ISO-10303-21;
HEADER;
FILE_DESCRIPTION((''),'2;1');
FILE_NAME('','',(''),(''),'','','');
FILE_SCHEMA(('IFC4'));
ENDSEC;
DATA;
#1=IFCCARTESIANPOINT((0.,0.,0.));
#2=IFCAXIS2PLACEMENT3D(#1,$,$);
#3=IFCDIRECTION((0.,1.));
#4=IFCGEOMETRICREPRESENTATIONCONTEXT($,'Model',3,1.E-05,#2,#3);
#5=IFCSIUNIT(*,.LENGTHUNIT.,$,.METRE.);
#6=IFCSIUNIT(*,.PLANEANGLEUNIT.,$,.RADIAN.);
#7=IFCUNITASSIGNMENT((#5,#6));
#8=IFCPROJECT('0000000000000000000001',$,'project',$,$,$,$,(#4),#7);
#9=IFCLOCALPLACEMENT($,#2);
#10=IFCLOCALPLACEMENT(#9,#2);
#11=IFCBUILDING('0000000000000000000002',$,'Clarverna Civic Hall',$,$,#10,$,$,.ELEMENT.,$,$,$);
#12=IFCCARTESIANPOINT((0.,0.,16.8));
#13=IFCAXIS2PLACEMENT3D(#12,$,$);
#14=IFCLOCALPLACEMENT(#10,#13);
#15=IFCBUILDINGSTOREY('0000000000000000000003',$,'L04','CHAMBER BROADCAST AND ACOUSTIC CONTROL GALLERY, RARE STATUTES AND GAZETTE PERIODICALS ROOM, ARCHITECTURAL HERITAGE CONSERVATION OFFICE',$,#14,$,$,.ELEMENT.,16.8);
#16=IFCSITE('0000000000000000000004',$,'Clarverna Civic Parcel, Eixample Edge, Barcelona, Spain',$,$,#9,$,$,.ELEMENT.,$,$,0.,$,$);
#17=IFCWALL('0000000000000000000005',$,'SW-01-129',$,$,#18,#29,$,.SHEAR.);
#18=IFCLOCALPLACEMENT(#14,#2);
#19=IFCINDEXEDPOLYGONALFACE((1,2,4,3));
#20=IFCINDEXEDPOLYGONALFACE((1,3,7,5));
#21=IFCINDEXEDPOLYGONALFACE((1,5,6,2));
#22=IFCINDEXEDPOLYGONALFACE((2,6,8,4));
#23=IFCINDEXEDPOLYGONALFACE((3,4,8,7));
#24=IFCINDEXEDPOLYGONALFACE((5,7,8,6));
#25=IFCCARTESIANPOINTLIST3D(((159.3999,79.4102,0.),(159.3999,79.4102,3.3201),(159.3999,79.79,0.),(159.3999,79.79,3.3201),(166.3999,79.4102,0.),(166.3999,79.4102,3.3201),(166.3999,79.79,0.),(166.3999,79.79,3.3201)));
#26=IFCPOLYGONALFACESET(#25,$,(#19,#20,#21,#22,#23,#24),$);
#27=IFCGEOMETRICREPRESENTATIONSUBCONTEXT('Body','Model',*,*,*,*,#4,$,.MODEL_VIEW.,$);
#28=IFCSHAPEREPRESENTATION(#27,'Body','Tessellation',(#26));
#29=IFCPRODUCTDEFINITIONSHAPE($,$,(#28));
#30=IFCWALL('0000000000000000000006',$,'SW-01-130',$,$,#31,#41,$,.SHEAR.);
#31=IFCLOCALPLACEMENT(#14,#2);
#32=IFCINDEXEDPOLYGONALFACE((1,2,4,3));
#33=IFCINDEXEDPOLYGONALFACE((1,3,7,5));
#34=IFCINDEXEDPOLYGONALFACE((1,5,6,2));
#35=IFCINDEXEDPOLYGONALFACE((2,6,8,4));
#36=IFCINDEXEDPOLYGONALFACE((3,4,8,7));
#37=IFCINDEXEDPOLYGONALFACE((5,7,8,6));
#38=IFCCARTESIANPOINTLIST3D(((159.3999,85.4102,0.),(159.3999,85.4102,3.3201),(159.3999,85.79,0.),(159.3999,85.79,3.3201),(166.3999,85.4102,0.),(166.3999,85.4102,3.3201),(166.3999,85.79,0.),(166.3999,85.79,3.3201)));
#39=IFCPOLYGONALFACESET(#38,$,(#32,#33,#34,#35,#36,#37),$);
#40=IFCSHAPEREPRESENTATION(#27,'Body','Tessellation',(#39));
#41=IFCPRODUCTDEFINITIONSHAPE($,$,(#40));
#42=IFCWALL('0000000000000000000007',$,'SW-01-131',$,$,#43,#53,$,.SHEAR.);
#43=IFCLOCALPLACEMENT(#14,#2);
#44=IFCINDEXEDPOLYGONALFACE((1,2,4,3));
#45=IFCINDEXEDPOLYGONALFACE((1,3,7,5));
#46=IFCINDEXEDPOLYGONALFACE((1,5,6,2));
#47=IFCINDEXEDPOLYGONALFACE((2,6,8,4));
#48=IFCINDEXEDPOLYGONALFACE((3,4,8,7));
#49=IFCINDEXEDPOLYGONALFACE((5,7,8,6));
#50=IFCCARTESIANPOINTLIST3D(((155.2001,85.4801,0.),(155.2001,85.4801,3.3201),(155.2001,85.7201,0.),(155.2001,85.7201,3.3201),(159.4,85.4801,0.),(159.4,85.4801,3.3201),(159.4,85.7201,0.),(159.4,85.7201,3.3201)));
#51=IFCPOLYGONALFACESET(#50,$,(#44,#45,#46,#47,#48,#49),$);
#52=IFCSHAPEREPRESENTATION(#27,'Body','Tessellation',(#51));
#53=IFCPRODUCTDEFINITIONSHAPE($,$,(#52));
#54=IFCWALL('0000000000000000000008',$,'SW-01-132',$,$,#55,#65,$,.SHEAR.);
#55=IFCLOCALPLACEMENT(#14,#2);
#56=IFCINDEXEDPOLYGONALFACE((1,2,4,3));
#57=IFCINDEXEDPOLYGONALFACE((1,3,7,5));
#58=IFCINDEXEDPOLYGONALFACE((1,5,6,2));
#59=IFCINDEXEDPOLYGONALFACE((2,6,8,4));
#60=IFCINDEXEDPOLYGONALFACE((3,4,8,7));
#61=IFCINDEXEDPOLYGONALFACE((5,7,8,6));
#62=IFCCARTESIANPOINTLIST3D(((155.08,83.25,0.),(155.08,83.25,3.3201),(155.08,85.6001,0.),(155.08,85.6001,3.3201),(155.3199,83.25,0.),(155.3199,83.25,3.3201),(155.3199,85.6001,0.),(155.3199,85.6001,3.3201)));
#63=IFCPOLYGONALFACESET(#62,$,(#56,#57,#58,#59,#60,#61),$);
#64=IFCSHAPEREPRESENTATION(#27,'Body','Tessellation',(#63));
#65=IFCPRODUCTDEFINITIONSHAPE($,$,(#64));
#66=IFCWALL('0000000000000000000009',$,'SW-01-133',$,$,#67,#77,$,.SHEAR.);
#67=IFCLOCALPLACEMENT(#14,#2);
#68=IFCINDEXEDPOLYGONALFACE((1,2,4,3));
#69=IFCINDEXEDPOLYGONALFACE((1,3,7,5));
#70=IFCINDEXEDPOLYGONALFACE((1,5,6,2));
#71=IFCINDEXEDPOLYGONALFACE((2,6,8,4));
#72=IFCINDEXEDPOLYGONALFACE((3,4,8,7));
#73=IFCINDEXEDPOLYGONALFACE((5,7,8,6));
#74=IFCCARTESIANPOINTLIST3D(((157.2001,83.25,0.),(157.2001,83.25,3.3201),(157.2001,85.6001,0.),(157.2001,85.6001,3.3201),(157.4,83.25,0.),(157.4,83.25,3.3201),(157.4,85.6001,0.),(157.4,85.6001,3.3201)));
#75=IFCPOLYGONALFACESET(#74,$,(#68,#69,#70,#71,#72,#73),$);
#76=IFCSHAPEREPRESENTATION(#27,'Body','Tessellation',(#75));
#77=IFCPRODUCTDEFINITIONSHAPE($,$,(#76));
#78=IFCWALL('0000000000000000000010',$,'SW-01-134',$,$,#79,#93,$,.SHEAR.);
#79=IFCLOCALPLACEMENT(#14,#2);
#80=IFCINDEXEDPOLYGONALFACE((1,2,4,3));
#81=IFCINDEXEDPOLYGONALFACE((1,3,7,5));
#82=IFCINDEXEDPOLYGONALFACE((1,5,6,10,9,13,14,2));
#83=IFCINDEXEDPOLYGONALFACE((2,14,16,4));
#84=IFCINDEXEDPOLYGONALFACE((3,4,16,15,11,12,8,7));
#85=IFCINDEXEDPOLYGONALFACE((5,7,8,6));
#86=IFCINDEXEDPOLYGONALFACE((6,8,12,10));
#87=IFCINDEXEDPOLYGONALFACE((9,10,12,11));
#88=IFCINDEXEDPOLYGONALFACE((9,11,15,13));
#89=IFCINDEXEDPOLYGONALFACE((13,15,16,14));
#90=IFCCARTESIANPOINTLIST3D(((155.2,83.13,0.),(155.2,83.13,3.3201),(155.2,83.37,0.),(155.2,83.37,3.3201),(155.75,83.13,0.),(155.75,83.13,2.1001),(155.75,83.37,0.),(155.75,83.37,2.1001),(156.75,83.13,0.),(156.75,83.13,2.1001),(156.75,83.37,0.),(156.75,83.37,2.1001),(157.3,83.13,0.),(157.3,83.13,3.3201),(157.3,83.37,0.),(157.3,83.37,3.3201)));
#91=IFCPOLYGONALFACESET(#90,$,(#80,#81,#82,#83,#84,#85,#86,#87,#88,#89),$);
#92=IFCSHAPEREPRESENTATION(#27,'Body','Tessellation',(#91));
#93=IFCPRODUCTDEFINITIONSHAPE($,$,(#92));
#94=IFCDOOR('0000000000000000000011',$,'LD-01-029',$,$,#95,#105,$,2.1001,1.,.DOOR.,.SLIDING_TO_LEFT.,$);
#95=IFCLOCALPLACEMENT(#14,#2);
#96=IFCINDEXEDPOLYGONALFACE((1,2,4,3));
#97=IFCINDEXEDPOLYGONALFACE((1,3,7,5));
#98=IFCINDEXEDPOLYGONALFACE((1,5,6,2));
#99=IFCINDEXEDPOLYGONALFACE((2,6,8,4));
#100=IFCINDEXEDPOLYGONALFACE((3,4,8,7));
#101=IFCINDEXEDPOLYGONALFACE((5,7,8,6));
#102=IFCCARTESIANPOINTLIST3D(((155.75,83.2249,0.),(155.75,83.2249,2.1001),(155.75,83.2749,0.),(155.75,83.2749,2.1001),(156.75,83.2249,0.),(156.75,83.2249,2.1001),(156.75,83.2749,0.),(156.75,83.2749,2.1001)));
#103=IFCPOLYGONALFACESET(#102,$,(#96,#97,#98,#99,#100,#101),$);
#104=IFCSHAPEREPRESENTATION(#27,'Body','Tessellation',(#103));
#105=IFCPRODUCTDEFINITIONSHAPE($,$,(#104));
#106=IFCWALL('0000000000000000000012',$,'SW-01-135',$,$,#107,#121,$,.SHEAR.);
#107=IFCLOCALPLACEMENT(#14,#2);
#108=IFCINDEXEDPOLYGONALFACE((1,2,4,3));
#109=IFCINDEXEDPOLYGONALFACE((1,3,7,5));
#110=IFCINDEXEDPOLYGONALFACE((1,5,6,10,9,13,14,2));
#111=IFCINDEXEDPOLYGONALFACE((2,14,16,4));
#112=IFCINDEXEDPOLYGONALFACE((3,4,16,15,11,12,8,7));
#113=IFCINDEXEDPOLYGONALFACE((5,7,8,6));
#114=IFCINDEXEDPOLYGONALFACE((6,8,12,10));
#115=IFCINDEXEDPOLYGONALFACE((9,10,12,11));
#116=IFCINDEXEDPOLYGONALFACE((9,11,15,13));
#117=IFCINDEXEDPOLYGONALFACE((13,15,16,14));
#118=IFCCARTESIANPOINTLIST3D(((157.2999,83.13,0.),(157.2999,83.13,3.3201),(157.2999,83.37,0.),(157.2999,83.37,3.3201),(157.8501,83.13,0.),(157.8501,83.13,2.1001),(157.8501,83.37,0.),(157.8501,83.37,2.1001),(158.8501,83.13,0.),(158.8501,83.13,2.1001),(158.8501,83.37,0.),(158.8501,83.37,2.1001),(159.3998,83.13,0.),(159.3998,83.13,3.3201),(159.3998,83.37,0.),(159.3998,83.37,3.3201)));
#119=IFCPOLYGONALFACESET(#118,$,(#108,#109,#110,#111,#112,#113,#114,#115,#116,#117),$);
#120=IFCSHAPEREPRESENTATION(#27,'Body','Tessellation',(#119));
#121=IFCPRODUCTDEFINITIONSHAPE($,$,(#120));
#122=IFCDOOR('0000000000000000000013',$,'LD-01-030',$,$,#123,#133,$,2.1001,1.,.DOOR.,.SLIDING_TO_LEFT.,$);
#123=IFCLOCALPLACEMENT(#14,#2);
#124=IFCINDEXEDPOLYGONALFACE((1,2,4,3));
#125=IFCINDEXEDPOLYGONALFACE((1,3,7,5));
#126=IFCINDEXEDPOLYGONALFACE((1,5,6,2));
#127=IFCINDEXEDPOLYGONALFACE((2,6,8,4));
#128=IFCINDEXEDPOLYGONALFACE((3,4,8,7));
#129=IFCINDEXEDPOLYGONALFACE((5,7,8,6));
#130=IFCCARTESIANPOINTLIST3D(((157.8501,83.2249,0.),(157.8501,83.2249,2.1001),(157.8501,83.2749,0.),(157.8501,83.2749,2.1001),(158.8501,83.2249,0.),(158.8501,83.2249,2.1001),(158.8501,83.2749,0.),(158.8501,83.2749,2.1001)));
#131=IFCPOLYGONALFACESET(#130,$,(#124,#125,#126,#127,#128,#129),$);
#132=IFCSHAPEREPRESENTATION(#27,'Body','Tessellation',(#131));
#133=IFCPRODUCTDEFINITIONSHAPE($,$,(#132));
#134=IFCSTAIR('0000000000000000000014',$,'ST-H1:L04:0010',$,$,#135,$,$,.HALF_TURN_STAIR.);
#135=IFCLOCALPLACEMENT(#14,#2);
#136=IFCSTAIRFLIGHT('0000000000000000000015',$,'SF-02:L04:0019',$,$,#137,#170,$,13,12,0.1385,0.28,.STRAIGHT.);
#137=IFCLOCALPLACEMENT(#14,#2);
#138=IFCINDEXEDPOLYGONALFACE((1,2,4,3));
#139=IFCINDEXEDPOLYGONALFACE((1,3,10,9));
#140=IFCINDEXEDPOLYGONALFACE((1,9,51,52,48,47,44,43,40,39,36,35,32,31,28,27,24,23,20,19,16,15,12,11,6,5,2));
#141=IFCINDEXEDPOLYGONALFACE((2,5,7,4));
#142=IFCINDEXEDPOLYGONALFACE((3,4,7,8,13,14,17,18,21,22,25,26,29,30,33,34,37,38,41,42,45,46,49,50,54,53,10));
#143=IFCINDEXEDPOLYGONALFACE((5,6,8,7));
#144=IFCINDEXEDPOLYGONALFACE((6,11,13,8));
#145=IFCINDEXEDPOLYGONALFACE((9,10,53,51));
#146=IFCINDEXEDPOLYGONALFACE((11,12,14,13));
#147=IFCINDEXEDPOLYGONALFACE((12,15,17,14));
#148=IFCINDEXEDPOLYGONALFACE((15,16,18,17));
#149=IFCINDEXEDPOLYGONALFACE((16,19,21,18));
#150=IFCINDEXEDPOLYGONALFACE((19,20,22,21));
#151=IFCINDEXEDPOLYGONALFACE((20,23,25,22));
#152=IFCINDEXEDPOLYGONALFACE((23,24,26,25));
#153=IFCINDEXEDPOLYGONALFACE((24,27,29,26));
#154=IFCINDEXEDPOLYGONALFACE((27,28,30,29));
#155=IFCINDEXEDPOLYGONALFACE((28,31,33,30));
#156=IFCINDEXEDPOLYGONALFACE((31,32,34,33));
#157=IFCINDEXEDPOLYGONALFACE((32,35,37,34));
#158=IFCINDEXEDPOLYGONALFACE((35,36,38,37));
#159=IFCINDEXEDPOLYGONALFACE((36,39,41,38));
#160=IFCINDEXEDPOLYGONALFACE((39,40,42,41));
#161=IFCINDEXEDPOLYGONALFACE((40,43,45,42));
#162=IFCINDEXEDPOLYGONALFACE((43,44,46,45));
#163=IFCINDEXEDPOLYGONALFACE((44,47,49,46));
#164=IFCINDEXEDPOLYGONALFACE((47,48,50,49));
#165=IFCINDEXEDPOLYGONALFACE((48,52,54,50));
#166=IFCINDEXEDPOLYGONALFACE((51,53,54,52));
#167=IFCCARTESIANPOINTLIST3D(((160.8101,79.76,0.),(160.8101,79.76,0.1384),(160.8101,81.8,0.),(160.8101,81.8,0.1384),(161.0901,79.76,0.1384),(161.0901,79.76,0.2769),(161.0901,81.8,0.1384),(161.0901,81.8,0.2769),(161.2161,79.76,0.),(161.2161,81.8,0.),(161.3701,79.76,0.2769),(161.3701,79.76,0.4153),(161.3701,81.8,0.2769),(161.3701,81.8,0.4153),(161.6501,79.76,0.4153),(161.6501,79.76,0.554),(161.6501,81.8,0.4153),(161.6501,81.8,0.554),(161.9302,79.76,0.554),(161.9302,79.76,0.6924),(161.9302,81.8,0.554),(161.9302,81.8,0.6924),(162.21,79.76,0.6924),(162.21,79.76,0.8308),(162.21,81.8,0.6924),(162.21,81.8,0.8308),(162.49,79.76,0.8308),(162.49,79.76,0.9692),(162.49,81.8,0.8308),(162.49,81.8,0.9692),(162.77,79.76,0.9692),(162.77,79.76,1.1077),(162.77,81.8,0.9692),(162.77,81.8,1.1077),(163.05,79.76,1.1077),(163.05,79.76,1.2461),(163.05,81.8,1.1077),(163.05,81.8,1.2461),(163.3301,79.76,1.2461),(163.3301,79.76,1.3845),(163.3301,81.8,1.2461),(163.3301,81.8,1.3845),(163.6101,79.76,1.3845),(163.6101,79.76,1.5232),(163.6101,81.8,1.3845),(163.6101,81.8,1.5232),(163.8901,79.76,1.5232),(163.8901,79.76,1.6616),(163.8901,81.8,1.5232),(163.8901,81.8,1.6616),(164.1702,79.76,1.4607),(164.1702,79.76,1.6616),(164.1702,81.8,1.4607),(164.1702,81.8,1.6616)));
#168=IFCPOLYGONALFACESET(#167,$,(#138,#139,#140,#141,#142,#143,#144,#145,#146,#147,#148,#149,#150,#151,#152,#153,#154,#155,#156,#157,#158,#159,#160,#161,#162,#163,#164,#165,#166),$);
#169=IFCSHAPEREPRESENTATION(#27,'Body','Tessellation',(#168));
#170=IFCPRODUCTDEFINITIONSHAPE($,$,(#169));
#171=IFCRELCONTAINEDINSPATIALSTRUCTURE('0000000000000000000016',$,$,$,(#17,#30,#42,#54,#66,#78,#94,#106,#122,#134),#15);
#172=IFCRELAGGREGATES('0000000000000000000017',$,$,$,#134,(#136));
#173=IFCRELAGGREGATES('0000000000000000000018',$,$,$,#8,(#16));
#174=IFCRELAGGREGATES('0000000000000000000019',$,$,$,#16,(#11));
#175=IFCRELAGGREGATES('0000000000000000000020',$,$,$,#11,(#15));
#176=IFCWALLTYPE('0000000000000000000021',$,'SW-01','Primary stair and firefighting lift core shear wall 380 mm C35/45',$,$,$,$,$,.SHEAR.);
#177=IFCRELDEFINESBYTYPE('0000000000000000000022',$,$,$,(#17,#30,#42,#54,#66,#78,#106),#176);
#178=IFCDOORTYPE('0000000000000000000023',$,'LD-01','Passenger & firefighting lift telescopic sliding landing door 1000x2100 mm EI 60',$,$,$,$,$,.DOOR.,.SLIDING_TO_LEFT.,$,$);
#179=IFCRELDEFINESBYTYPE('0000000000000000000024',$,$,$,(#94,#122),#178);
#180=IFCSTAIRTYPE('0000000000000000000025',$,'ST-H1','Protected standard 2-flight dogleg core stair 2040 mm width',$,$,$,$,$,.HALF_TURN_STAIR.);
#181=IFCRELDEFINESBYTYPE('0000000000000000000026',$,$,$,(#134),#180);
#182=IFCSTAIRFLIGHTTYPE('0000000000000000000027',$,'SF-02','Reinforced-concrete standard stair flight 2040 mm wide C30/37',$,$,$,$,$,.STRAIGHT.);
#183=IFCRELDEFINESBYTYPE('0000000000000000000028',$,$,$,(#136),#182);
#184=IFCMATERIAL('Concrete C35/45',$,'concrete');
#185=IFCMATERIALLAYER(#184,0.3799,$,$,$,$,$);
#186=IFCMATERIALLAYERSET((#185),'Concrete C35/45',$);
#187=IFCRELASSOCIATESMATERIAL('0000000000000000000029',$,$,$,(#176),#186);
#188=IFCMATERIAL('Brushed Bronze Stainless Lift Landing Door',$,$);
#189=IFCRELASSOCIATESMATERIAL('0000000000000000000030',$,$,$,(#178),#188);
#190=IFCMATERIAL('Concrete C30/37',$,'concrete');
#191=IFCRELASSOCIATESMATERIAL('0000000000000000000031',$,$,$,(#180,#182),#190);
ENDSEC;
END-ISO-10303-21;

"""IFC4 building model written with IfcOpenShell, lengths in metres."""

from ifc_helpers import new_model, si_unit, direction, frame, frame_2d, origin, place, context, subcontext, project, spatial, polyline, rectangle, outline, extrude, material, layer, layer_set, type_object, element, fill, aggregate, save


model = new_model("IFC4")

# Units and contexts
model_context = context("Model", 3, precision=1e-05, world=origin(), true_north=direction((0.0, 1.0)))
body_context = subcontext(model_context, "Body", "Model", "MODEL_VIEW")
ifc_project = project(units=[si_unit("LENGTHUNIT", "METRE"), si_unit("PLANEANGLEUNIT", "RADIAN")], contexts=[model_context])

# Site, building, storey
site_placement = place(None, origin())
site = spatial("IfcSite", under=ifc_project, at=site_placement, Name="Clarverna Civic Parcel, Eixample Edge, Barcelona, Spain", CompositionType="ELEMENT", RefElevation=0.0)
building_placement = place(site_placement, origin())
building = spatial("IfcBuilding", under=site, at=building_placement, Name="Clarverna Civic Hall", CompositionType="ELEMENT")
storey_placement = place(building_placement, frame((0.0, 0.0, 16.8)))
storey = spatial("IfcBuildingStorey", under=building, at=storey_placement, Name="L04", Description="CHAMBER BROADCAST AND ACOUSTIC CONTROL GALLERY, RARE STATUTES AND GAZETTE PERIODICALS ROOM, ARCHITECTURAL HERITAGE CONSERVATION OFFICE", CompositionType="ELEMENT", Elevation=16.8)

# Shared definitions
ifc_material_1 = material(Name="Concrete C35/45", Category="concrete")

# Shared definitions
ifc_layer_1 = layer(ifc_material_1, 0.3799)
ifc_layer_set_1 = layer_set([ifc_layer_1], Name="Concrete C35/45")
wall_type_1 = type_object("IfcWallType", Name="SW-01", Description="Primary stair and firefighting lift core shear wall 380 mm C35/45", PredefinedType="SHEAR", material=ifc_layer_set_1)

# Walls
for number, where, z_axis, x_axis, name in (
    (1, (159.3999, 79.6001, 0.0), (0.0, 0.0, 1.0), (1.0, 0.0, 0.0), "SW-01-129"),
    (2, (159.3999, 85.6001, 0.0), (0.0, 0.0, 1.0), (1.0, 0.0, 0.0), "SW-01-130"),
):
    element("IfcWall", number, at=place(storey_placement, frame(where, z_axis=z_axis, x_axis=x_axis)), inside=storey, type_object=wall_type_1, Name=name, PredefinedType="SHEAR", context=body_context, shape_type="SweptSolid", body=[
        extrude(rectangle(XDim=7.0, YDim=0.3799, at=frame_2d((3.5, 0.0))), origin(), (0.0, 0.0, 1.0), 3.3201),
    ])
wall_1_placement = place(storey_placement, frame((155.2, 85.6001, 0.0), z_axis=(0.0, 0.0, 1.0), x_axis=(1.0, 0.0, 0.0)))
element("IfcWall", 3, at=wall_1_placement, inside=storey, type_object=wall_type_1, Name="SW-01-131", PredefinedType="SHEAR", context=body_context, shape_type="SweptSolid", body=[
    extrude(rectangle(XDim=4.2, YDim=0.24, at=frame_2d((2.1001, 0.0))), origin(), (0.0, 0.0, 1.0), 3.3201),
])
wall_2_placement = place(storey_placement, frame((155.2, 83.25, 0.0), z_axis=(0.0, 0.0, 1.0), x_axis=(0.0, 1.0, 0.0)))
element("IfcWall", 4, at=wall_2_placement, inside=storey, type_object=wall_type_1, Name="SW-01-132", PredefinedType="SHEAR", context=body_context, shape_type="SweptSolid", body=[
    extrude(rectangle(XDim=2.3501, YDim=0.24, at=frame_2d((1.175, 0.0))), origin(), (0.0, 0.0, 1.0), 3.3201),
])
wall_3_placement = place(storey_placement, frame((157.3, 83.25, 0.0), z_axis=(0.0, 0.0, 1.0), x_axis=(0.0, 1.0, 0.0)))
element("IfcWall", 5, at=wall_3_placement, inside=storey, type_object=wall_type_1, Name="SW-01-133", PredefinedType="SHEAR", context=body_context, shape_type="SweptSolid", body=[
    extrude(rectangle(XDim=2.3501, YDim=0.2, at=frame_2d((1.175, 0.0))), origin(), (0.0, 0.0, 1.0), 3.3201),
])

# Walls, openings, doors
wall_4_placement = place(storey_placement, frame((155.2, 83.25, 0.0), z_axis=(0.0, 0.0, 1.0), x_axis=(1.0, 0.0, 0.0)))
wall_4 = element("IfcWall", 6, at=wall_4_placement, inside=storey, type_object=wall_type_1, Name="SW-01-134", PredefinedType="SHEAR", context=body_context, shape_type="SweptSolid", body=[
    extrude(rectangle(XDim=2.1001, YDim=0.24, at=frame_2d((1.05, 0.0))), origin(), (0.0, 0.0, 1.0), 3.3201),
])
opening_1_placement = place(wall_4_placement, frame((0.55, 0.0, 0.0)))
opening_1 = element("IfcOpeningElement", 7, at=opening_1_placement, cuts=wall_4, PredefinedType="OPENING", context=body_context, shape_type="SweptSolid", body=[
    extrude(rectangle(XDim=1.0, YDim=2.1001, at=frame_2d((0.5, 1.05))), frame((0.0, 0.1299, 0.0), z_axis=(0.0, -1.0, 0.0), x_axis=(1.0, 0.0, 0.0)), (0.0, 0.0, 1.0), 0.26),
])
ifc_material_2 = material(Name="Brushed Bronze Stainless Lift Landing Door")
door_type_1 = type_object("IfcDoorType", Name="LD-01", Description="Passenger & firefighting lift telescopic sliding landing door 1000x2100 mm EI 60", OperationType="SLIDING_TO_LEFT", PredefinedType="DOOR", material=ifc_material_2)
door_1_placement = place(opening_1_placement, origin())
door_1 = element("IfcDoor", 8, at=door_1_placement, inside=storey, type_object=door_type_1, Name="LD-01-029", OperationType="SLIDING_TO_LEFT", OverallHeight=2.1001, OverallWidth=1.0, PredefinedType="DOOR", context=body_context, shape_type="SweptSolid", body=[
    extrude(rectangle(XDim=1.0, YDim=2.1001, at=frame_2d((0.5, 1.05))), frame((0.0, 0.0249, 0.0), z_axis=(0.0, -1.0, 0.0), x_axis=(1.0, 0.0, 0.0)), (0.0, 0.0, 1.0), 0.05),
])
fill(opening_1, door_1)
wall_5_placement = place(storey_placement, frame((157.3, 83.25, 0.0), z_axis=(0.0, 0.0, 1.0), x_axis=(1.0, 0.0, 0.0)))
wall_5 = element("IfcWall", 9, at=wall_5_placement, inside=storey, type_object=wall_type_1, Name="SW-01-135", PredefinedType="SHEAR", context=body_context, shape_type="SweptSolid", body=[
    extrude(rectangle(XDim=2.0999, YDim=0.24, at=frame_2d((1.0498, 0.0))), origin(), (0.0, 0.0, 1.0), 3.3201),
])
opening_2_placement = place(wall_5_placement, frame((0.55, 0.0, 0.0)))
opening_2 = element("IfcOpeningElement", 10, at=opening_2_placement, cuts=wall_5, PredefinedType="OPENING", context=body_context, shape_type="SweptSolid", body=[
    extrude(rectangle(XDim=1.0, YDim=2.1001, at=frame_2d((0.5, 1.05))), frame((0.0, 0.1299, 0.0), z_axis=(0.0, -1.0, 0.0), x_axis=(1.0, 0.0, 0.0)), (0.0, 0.0, 1.0), 0.26),
])
door_2_placement = place(opening_2_placement, origin())
door_2 = element("IfcDoor", 11, at=door_2_placement, inside=storey, type_object=door_type_1, Name="LD-01-030", OperationType="SLIDING_TO_LEFT", OverallHeight=2.1001, OverallWidth=1.0, PredefinedType="DOOR", context=body_context, shape_type="SweptSolid", body=[
    extrude(rectangle(XDim=1.0, YDim=2.1001, at=frame_2d((0.5, 1.05))), frame((0.0, 0.0249, 0.0), z_axis=(0.0, -1.0, 0.0), x_axis=(1.0, 0.0, 0.0)), (0.0, 0.0, 1.0), 0.05),
])
fill(opening_2, door_2)

# Stair, stair flight
ifc_material_3 = material(Name="Concrete C30/37", Category="concrete")
stair_type = type_object("IfcStairType", Name="ST-H1", Description="Protected standard 2-flight dogleg core stair 2040 mm width", PredefinedType="HALF_TURN_STAIR", material=ifc_material_3)
stair_placement = place(storey_placement, origin())
stair = element("IfcStair", 12, at=stair_placement, inside=storey, type_object=stair_type, Name="ST-H1:L04:0010", PredefinedType="HALF_TURN_STAIR")
stair_flight_type = type_object("IfcStairFlightType", Name="SF-02", Description="Reinforced-concrete standard stair flight 2040 mm wide C30/37", PredefinedType="STRAIGHT", material=ifc_material_3)
stair_flight_placement = place(storey_placement, frame((160.8101, 80.78, 0.0), z_axis=(0.0, 0.0, 1.0), x_axis=(1.0, 0.0, 0.0)))
stair_flight = element("IfcStairFlight", 13, at=stair_flight_placement, type_object=stair_flight_type, Name="SF-02:L04:0019", NumberOfRisers=13, NumberOfTreads=12, PredefinedType="STRAIGHT", RiserHeight=0.1385, TreadLength=0.28, context=body_context, shape_type="SweptSolid", body=[
    extrude(outline(polyline([(0.0, 0.0), (0.0, 0.1384), (0.28, 0.1384), (0.28, 0.2769), (0.5601, 0.2769), (0.5601, 0.4153), (0.8401, 0.4153), (0.8401, 0.554), (1.1201, 0.554), (1.1201, 0.6924), (1.3999, 0.6924), (1.3999, 0.8308), (1.6799, 0.8308), (1.6799, 0.9692), (1.96, 0.9692), (1.96, 1.1077), (2.24, 1.1077), (2.24, 1.2461), (2.52, 1.2461), (2.52, 1.3845), (2.8, 1.3845), (2.8, 1.5232), (3.0801, 1.5232), (3.0801, 1.6616), (3.3601, 1.6616), (3.3601, 1.8), (3.3601, 1.4607), (0.406, 0.0), (0.0, 0.0)])), frame((0.0, 1.02, 0.0), z_axis=(0.0, -1.0, 0.0), x_axis=(1.0, 0.0, 0.0)), (0.0, 0.0, 1.0), 2.04),
])
aggregate(stair, [stair_flight])

save(model, "model.ifc")
